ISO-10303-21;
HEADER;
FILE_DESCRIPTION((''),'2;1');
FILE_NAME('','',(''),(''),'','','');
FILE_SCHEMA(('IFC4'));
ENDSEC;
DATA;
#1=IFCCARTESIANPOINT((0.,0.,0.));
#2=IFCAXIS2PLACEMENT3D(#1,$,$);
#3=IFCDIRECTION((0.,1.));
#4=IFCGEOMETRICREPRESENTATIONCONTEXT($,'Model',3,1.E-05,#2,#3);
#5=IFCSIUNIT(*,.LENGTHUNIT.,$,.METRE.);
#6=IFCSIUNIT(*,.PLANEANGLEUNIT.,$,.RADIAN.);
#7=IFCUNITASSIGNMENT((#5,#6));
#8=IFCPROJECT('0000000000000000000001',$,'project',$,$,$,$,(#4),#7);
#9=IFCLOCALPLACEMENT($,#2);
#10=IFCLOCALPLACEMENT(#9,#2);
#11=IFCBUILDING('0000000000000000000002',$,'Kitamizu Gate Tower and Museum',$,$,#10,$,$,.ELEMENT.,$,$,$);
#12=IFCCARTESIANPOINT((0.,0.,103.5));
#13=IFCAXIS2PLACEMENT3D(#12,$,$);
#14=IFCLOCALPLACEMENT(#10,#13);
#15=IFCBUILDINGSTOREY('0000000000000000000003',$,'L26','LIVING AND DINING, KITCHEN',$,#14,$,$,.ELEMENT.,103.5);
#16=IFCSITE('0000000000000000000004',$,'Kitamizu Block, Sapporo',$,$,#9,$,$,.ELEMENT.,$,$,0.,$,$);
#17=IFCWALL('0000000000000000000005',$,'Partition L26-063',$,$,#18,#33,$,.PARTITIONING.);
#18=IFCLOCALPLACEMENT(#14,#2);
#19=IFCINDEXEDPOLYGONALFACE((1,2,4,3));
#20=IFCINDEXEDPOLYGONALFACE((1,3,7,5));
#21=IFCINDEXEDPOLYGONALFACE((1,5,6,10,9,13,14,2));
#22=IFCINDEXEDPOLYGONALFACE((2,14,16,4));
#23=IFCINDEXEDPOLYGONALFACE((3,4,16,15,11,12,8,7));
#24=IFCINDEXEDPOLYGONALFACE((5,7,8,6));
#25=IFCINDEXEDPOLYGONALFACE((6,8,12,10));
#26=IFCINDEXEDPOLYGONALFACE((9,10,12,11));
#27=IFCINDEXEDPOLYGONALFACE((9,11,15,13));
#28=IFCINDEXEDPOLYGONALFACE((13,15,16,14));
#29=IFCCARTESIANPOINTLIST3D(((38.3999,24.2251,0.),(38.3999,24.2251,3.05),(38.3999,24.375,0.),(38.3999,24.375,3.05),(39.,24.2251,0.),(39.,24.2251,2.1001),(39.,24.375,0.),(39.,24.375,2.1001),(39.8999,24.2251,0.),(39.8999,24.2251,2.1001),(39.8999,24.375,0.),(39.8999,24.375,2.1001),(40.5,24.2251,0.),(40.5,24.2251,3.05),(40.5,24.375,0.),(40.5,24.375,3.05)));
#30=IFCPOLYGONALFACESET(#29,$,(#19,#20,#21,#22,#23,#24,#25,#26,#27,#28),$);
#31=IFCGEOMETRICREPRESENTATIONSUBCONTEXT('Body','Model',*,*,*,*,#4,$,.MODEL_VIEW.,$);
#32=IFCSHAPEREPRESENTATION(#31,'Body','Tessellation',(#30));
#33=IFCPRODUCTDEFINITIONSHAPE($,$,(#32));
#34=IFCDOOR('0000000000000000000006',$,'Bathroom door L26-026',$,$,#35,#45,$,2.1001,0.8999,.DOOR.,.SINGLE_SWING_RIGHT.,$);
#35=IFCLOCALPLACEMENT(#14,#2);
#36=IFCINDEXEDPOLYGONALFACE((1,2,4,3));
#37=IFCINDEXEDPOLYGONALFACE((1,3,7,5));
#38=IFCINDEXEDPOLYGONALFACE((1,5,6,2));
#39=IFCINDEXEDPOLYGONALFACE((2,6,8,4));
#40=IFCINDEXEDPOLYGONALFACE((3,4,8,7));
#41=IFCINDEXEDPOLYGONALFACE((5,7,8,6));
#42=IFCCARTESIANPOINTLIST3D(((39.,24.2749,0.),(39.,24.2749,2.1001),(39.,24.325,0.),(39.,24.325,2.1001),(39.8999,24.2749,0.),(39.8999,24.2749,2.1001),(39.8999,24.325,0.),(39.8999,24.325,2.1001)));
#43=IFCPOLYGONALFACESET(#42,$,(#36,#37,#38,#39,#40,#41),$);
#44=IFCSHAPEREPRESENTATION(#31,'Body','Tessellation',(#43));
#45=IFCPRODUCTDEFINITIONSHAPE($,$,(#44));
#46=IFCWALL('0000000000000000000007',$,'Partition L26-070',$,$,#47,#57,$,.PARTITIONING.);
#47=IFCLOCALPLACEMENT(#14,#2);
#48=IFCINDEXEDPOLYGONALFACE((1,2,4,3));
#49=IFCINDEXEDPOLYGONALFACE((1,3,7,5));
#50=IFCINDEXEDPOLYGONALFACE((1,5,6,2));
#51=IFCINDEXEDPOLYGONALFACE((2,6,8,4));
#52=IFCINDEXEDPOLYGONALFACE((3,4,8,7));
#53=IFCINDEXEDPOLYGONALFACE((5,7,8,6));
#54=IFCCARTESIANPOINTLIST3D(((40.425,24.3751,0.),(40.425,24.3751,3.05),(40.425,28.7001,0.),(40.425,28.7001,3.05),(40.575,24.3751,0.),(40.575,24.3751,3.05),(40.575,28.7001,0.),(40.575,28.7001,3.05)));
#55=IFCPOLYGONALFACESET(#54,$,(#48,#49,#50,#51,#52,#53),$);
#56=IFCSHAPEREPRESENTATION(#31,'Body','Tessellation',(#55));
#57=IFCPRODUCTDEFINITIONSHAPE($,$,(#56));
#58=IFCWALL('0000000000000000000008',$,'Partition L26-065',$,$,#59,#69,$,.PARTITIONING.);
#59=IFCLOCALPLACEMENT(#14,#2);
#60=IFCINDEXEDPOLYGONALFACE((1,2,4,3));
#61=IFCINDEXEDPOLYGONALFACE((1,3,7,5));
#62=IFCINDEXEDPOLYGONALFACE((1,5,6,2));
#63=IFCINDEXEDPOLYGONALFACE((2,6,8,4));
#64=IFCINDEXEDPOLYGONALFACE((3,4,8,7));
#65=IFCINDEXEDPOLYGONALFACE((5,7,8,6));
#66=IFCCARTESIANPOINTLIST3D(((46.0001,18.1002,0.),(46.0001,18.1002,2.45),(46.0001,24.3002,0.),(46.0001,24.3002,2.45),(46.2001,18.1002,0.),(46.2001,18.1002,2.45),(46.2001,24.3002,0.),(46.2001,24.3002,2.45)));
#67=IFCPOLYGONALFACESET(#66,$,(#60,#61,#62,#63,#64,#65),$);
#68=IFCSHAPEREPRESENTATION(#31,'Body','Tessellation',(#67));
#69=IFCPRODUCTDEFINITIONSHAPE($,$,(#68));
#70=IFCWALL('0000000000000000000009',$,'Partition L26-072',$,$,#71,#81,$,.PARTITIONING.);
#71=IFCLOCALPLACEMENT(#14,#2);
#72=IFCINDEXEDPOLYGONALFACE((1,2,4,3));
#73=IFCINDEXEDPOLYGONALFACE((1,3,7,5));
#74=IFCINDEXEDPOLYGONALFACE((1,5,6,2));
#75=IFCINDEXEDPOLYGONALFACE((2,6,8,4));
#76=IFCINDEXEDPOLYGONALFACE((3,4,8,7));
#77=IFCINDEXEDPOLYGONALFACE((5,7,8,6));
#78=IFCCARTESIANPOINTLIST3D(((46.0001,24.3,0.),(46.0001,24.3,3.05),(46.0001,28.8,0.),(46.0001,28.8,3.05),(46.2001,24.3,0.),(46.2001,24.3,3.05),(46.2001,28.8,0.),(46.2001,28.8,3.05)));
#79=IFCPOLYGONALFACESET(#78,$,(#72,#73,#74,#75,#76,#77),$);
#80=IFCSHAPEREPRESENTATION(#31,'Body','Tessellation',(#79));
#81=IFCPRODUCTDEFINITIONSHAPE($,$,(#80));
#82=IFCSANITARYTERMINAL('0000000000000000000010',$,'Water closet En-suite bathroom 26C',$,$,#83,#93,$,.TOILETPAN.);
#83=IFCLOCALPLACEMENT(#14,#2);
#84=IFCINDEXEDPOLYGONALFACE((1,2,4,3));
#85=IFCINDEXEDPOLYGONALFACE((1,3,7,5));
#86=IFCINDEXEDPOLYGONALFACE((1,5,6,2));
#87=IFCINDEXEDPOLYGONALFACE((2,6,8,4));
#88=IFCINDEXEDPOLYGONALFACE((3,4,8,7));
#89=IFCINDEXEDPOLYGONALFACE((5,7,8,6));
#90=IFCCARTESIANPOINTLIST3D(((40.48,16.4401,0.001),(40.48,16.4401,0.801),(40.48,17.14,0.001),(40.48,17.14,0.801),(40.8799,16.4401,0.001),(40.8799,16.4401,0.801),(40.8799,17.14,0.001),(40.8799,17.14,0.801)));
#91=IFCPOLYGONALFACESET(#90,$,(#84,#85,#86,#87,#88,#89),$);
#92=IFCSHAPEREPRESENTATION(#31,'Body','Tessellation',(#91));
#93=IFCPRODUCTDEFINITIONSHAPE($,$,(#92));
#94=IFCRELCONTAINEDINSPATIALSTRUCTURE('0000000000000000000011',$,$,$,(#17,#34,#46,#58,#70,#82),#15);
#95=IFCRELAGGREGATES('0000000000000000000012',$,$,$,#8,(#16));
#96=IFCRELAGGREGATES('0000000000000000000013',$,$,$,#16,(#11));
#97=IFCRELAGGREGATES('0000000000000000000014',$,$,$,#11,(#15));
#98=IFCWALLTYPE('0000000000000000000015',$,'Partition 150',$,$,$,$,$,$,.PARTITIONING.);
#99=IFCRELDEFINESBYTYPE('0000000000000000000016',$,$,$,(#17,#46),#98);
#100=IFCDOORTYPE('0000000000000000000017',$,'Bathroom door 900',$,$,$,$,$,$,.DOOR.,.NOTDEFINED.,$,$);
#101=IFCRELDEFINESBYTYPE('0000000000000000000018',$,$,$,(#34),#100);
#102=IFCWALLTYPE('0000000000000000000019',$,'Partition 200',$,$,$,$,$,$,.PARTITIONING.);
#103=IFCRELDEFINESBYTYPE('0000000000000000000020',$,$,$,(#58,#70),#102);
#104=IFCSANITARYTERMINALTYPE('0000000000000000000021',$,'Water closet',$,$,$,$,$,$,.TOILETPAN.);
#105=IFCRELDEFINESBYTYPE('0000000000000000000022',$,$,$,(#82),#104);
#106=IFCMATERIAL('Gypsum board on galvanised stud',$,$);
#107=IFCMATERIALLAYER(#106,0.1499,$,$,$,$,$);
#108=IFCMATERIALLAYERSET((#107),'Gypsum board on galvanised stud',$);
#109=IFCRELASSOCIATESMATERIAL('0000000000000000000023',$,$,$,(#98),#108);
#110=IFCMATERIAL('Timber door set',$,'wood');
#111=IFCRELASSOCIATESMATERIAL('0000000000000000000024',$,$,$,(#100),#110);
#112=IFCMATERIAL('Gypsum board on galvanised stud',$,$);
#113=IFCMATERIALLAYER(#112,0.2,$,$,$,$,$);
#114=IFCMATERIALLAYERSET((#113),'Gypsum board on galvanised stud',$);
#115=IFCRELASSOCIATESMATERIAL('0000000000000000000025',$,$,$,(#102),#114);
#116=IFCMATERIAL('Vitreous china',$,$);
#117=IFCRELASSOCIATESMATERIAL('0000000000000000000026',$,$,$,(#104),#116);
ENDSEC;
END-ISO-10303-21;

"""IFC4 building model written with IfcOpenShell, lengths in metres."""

from ifc_helpers import new_model, si_unit, direction, frame, frame_2d, origin, origin_2d, place, context, subcontext, project, spatial, rectangle, extrude, material, layer, layer_set, type_object, element, fill, save


model = new_model("IFC4")

# Units and contexts
model_context = context("Model", 3, precision=1e-05, world=origin(), true_north=direction((0.0, 1.0)))
body_context = subcontext(model_context, "Body", "Model", "MODEL_VIEW")
ifc_project = project(units=[si_unit("LENGTHUNIT", "METRE"), si_unit("PLANEANGLEUNIT", "RADIAN")], contexts=[model_context])

# Site, building, storey
site_placement = place(None, origin())
site = spatial("IfcSite", under=ifc_project, at=site_placement, Name="Kitamizu Block, Sapporo", CompositionType="ELEMENT", RefElevation=0.0)
building_placement = place(site_placement, origin())
building = spatial("IfcBuilding", under=site, at=building_placement, Name="Kitamizu Gate Tower and Museum", CompositionType="ELEMENT")
storey_placement = place(building_placement, frame((0.0, 0.0, 103.5)))
storey = spatial("IfcBuildingStorey", under=building, at=storey_placement, Name="L26", Description="LIVING AND DINING, KITCHEN", CompositionType="ELEMENT", Elevation=103.5)

# Shared definitions
ifc_material_1 = material(Name="Gypsum board on galvanised stud")
ifc_layer_1 = layer(ifc_material_1, 0.1499)
ifc_layer_set_1 = layer_set([ifc_layer_1], Name="Gypsum board on galvanised stud")
wall_type_1 = type_object("IfcWallType", Name="Partition 150", PredefinedType="PARTITIONING", material=ifc_layer_set_1)

# Shared definitions
ifc_material_2 = material(Name="Timber door set", Category="wood")
door_type_1 = type_object("IfcDoorType", Name="Bathroom door 900", OperationType="NOTDEFINED", PredefinedType="DOOR", material=ifc_material_2)

# Wall, opening, door
wall_1_placement = place(storey_placement, frame((40.5, 24.3, 0.0), z_axis=(0.0, 0.0, 1.0), x_axis=(-1.0, 0.0, 0.0)))
wall_1 = element("IfcWall", 1, at=wall_1_placement, inside=storey, type_object=wall_type_1, Name="Partition L26-063", PredefinedType="PARTITIONING", context=body_context, shape_type="SweptSolid", body=[
    extrude(rectangle(XDim=2.1001, YDim=0.1499, at=frame_2d((1.05, 0.0))), origin(), (0.0, 0.0, 1.0), 3.05),
])
opening_1_placement = place(wall_1_placement, frame((0.6001, 0.0, 0.0)))
opening_1 = element("IfcOpeningElement", 2, at=opening_1_placement, cuts=wall_1, PredefinedType="OPENING", context=body_context, shape_type="SweptSolid", body=[
    extrude(rectangle(XDim=0.8999, YDim=2.1001, at=frame_2d((0.45, 1.05))), frame((0.0, 0.085, 0.0), z_axis=(0.0, -1.0, 0.0), x_axis=(1.0, 0.0, 0.0)), (0.0, 0.0, 1.0), 0.1699),
])
door_1_placement = place(opening_1_placement, frame((0.8999, 0.0, 0.0), x_axis=(-1.0, 0.0, 0.0)))
door_1 = element("IfcDoor", 3, at=door_1_placement, inside=storey, type_object=door_type_1, Name="Bathroom door L26-026", OperationType="SINGLE_SWING_RIGHT", OverallHeight=2.1001, OverallWidth=0.8999, PredefinedType="DOOR", context=body_context, shape_type="SweptSolid", body=[
    extrude(rectangle(XDim=0.8999, YDim=2.1001, at=frame_2d((0.45, 1.05))), frame((0.0, 0.0249, 0.0), z_axis=(0.0, -1.0, 0.0), x_axis=(1.0, 0.0, 0.0)), (0.0, 0.0, 1.0), 0.05),
])
fill(opening_1, door_1)

# Walls
wall_2_placement = place(storey_placement, frame((40.5, 24.375, 0.0), z_axis=(0.0, 0.0, 1.0), x_axis=(0.0, 1.0, 0.0)))
element("IfcWall", 4, at=wall_2_placement, inside=storey, type_object=wall_type_1, Name="Partition L26-070", PredefinedType="PARTITIONING", context=body_context, shape_type="SweptSolid", body=[
    extrude(rectangle(XDim=4.325, YDim=0.1499, at=frame_2d((2.1626, 0.0))), origin(), (0.0, 0.0, 1.0), 3.05),
])
ifc_material_3 = material(Name="Gypsum board on galvanised stud")
ifc_layer_2 = layer(ifc_material_3, 0.2)
ifc_layer_set_2 = layer_set([ifc_layer_2], Name="Gypsum board on galvanised stud")
wall_type_2 = type_object("IfcWallType", Name="Partition 200", PredefinedType="PARTITIONING", material=ifc_layer_set_2)
wall_3_placement = place(storey_placement, frame((46.1001, 18.1001, 0.0), z_axis=(0.0, 0.0, 1.0), x_axis=(0.0, 1.0, 0.0)))
element("IfcWall", 5, at=wall_3_placement, inside=storey, type_object=wall_type_2, Name="Partition L26-065", PredefinedType="PARTITIONING", context=body_context, shape_type="SweptSolid", body=[
    extrude(rectangle(XDim=6.2, YDim=0.2, at=frame_2d((3.1001, 0.0))), origin(), (0.0, 0.0, 1.0), 2.45),
])
wall_4_placement = place(storey_placement, frame((46.1001, 24.3, 0.0), z_axis=(0.0, 0.0, 1.0), x_axis=(0.0, 1.0, 0.0)))
element("IfcWall", 6, at=wall_4_placement, inside=storey, type_object=wall_type_2, Name="Partition L26-072", PredefinedType="PARTITIONING", context=body_context, shape_type="SweptSolid", body=[
    extrude(rectangle(XDim=4.5, YDim=0.2, at=frame_2d((2.25, 0.0))), origin(), (0.0, 0.0, 1.0), 3.05),
])

# Sanitary terminal
ifc_material_4 = material(Name="Vitreous china")
sanitary_terminal_type = type_object("IfcSanitaryTerminalType", Name="Water closet", PredefinedType="TOILETPAN", material=ifc_material_4)
sanitary_terminal_placement = place(storey_placement, frame((40.6799, 16.79, 0.001), z_axis=(0.0, 0.0, 1.0), x_axis=(1.0, 0.0, 0.0)))
element("IfcSanitaryTerminal", 7, at=sanitary_terminal_placement, inside=storey, type_object=sanitary_terminal_type, Name="Water closet En-suite bathroom 26C", PredefinedType="TOILETPAN", context=body_context, shape_type="SweptSolid", body=[
    extrude(rectangle(XDim=0.3999, YDim=0.7, at=origin_2d()), origin(), (0.0, 0.0, 1.0), 0.8),
])

save(model, "model.ifc")
